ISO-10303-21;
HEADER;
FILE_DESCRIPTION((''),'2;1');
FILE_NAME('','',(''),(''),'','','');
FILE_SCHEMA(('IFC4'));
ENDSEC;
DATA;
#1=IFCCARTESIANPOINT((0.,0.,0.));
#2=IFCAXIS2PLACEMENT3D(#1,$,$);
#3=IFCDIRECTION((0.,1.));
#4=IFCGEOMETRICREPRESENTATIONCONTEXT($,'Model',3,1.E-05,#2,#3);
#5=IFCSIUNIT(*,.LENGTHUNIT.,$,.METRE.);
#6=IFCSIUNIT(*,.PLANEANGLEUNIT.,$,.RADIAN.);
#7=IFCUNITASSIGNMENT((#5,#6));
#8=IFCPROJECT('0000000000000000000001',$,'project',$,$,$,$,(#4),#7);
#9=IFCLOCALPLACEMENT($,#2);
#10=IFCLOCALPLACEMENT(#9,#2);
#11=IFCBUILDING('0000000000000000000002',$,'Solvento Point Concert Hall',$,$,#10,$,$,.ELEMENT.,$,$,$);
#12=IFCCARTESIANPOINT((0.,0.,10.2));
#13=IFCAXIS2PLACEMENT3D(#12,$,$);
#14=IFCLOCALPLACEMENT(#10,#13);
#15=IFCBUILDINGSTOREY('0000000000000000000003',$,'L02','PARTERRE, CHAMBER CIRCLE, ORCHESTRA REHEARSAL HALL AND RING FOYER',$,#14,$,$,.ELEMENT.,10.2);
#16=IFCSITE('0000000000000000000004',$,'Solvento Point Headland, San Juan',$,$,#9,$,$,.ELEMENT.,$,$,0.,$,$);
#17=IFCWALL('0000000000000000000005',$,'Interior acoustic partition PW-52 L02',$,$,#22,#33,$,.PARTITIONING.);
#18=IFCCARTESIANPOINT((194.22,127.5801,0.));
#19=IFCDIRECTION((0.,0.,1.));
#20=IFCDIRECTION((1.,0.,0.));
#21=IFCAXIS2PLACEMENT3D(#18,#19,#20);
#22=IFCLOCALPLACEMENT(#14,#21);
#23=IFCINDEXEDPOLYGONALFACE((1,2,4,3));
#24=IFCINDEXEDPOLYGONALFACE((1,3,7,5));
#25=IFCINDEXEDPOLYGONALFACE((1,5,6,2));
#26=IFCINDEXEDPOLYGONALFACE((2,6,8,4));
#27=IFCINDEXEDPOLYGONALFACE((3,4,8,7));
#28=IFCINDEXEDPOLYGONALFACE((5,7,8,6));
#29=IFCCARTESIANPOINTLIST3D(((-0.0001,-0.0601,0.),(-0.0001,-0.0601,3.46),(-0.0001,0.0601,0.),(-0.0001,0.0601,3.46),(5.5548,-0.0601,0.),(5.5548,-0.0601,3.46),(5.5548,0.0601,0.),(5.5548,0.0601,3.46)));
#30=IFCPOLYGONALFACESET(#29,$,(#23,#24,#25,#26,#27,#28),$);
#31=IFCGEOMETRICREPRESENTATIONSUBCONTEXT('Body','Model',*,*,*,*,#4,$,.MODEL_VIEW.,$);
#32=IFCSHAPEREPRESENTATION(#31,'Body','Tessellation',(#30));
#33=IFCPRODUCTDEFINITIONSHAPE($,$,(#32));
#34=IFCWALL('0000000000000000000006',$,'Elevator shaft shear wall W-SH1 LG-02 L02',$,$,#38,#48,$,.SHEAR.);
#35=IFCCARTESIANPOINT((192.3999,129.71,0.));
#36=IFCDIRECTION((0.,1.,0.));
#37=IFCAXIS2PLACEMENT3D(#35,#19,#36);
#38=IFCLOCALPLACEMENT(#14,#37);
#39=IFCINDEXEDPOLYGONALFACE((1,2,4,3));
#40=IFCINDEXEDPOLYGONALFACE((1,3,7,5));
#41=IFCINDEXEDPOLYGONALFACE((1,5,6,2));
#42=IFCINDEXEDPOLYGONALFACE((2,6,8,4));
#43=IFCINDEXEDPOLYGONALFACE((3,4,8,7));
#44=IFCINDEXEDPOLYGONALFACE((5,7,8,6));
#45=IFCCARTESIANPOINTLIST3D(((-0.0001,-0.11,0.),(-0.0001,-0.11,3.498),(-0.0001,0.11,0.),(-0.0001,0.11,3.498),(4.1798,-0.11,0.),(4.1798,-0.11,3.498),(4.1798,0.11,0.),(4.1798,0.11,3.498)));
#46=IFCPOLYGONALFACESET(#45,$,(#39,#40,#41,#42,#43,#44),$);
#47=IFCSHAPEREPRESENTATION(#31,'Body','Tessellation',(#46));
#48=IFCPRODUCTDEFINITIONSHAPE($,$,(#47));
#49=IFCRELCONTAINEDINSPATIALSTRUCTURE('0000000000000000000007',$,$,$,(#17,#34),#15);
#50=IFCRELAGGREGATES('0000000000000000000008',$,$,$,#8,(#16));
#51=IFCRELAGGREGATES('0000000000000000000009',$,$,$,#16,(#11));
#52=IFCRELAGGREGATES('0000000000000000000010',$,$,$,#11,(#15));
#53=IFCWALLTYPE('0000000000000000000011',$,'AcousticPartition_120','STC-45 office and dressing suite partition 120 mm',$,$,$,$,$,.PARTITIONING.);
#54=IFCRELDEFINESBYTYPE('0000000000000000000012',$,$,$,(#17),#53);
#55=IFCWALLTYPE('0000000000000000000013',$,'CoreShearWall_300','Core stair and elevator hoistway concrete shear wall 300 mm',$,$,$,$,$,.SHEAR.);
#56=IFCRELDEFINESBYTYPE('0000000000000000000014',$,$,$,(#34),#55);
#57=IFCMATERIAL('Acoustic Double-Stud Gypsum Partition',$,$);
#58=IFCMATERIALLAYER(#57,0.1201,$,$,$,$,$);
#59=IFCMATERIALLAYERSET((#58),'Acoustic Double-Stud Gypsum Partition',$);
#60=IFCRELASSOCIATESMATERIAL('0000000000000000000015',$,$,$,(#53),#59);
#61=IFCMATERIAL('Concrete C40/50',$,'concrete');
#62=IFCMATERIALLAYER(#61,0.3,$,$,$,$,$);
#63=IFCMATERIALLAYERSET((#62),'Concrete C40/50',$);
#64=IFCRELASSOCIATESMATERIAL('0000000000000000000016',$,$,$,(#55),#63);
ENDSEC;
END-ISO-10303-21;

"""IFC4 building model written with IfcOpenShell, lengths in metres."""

from ifc_helpers import new_model, si_unit, direction, frame, frame_2d, origin, place, context, subcontext, project, spatial, rectangle, extrude, material, layer, layer_set, type_object, element, save


model = new_model("IFC4")

# Units and contexts
model_context = context("Model", 3, precision=1e-05, world=origin(), true_north=direction((0.0, 1.0)))
body_context = subcontext(model_context, "Body", "Model", "MODEL_VIEW")
ifc_project = project(units=[si_unit("LENGTHUNIT", "METRE"), si_unit("PLANEANGLEUNIT", "RADIAN")], contexts=[model_context])

# Site, building, storey
site_placement = place(None, origin())
site = spatial("IfcSite", under=ifc_project, at=site_placement, Name="Solvento Point Headland, San Juan", CompositionType="ELEMENT", RefElevation=0.0)
building_placement = place(site_placement, origin())
building = spatial("IfcBuilding", under=site, at=building_placement, Name="Solvento Point Concert Hall", CompositionType="ELEMENT")
storey_placement = place(building_placement, frame((0.0, 0.0, 10.2)))
storey = spatial("IfcBuildingStorey", under=building, at=storey_placement, Name="L02", Description="PARTERRE, CHAMBER CIRCLE, ORCHESTRA REHEARSAL HALL AND RING FOYER", CompositionType="ELEMENT", Elevation=10.2)

# Wall
ifc_material_1 = material(Name="Acoustic Double-Stud Gypsum Partition")
ifc_layer_1 = layer(ifc_material_1, 0.1201)
ifc_layer_set_1 = layer_set([ifc_layer_1], Name="Acoustic Double-Stud Gypsum Partition")
wall_type_1 = type_object("IfcWallType", Name="AcousticPartition_120", Description="STC-45 office and dressing suite partition 120 mm", PredefinedType="PARTITIONING", material=ifc_layer_set_1)
wall_1_placement = place(storey_placement, frame((194.22, 127.5801, 0.0), z_axis=(0.0, 0.0, 1.0), x_axis=(1.0, 0.0, 0.0)))
element("IfcWall", 1, at=wall_1_placement, inside=storey, type_object=wall_type_1, Name="Interior acoustic partition PW-52 L02", PredefinedType="PARTITIONING", context=body_context, shape_type="SweptSolid", body=[
    extrude(rectangle(XDim=5.5549, YDim=0.1201, at=frame_2d((2.7773, 0.0))), origin(), (0.0, 0.0, 1.0), 3.46),
])
ifc_material_2 = material(Name="Concrete C40/50", Category="concrete")
ifc_layer_2 = layer(ifc_material_2, 0.3)
ifc_layer_set_2 = layer_set([ifc_layer_2], Name="Concrete C40/50")
wall_type_2 = type_object("IfcWallType", Name="CoreShearWall_300", Description="Core stair and elevator hoistway concrete shear wall 300 mm", PredefinedType="SHEAR", material=ifc_layer_set_2)

# Wall
wall_2_placement = place(storey_placement, frame((192.3999, 129.71, 0.0), z_axis=(0.0, 0.0, 1.0), x_axis=(0.0, 1.0, 0.0)))
element("IfcWall", 2, at=wall_2_placement, inside=storey, type_object=wall_type_2, Name="Elevator shaft shear wall W-SH1 LG-02 L02", PredefinedType="SHEAR", context=body_context, shape_type="SweptSolid", body=[
    extrude(rectangle(XDim=4.1799, YDim=0.22, at=frame_2d((2.0898, 0.0))), origin(), (0.0, 0.0, 1.0), 3.498),
])

save(model, "model.ifc")
